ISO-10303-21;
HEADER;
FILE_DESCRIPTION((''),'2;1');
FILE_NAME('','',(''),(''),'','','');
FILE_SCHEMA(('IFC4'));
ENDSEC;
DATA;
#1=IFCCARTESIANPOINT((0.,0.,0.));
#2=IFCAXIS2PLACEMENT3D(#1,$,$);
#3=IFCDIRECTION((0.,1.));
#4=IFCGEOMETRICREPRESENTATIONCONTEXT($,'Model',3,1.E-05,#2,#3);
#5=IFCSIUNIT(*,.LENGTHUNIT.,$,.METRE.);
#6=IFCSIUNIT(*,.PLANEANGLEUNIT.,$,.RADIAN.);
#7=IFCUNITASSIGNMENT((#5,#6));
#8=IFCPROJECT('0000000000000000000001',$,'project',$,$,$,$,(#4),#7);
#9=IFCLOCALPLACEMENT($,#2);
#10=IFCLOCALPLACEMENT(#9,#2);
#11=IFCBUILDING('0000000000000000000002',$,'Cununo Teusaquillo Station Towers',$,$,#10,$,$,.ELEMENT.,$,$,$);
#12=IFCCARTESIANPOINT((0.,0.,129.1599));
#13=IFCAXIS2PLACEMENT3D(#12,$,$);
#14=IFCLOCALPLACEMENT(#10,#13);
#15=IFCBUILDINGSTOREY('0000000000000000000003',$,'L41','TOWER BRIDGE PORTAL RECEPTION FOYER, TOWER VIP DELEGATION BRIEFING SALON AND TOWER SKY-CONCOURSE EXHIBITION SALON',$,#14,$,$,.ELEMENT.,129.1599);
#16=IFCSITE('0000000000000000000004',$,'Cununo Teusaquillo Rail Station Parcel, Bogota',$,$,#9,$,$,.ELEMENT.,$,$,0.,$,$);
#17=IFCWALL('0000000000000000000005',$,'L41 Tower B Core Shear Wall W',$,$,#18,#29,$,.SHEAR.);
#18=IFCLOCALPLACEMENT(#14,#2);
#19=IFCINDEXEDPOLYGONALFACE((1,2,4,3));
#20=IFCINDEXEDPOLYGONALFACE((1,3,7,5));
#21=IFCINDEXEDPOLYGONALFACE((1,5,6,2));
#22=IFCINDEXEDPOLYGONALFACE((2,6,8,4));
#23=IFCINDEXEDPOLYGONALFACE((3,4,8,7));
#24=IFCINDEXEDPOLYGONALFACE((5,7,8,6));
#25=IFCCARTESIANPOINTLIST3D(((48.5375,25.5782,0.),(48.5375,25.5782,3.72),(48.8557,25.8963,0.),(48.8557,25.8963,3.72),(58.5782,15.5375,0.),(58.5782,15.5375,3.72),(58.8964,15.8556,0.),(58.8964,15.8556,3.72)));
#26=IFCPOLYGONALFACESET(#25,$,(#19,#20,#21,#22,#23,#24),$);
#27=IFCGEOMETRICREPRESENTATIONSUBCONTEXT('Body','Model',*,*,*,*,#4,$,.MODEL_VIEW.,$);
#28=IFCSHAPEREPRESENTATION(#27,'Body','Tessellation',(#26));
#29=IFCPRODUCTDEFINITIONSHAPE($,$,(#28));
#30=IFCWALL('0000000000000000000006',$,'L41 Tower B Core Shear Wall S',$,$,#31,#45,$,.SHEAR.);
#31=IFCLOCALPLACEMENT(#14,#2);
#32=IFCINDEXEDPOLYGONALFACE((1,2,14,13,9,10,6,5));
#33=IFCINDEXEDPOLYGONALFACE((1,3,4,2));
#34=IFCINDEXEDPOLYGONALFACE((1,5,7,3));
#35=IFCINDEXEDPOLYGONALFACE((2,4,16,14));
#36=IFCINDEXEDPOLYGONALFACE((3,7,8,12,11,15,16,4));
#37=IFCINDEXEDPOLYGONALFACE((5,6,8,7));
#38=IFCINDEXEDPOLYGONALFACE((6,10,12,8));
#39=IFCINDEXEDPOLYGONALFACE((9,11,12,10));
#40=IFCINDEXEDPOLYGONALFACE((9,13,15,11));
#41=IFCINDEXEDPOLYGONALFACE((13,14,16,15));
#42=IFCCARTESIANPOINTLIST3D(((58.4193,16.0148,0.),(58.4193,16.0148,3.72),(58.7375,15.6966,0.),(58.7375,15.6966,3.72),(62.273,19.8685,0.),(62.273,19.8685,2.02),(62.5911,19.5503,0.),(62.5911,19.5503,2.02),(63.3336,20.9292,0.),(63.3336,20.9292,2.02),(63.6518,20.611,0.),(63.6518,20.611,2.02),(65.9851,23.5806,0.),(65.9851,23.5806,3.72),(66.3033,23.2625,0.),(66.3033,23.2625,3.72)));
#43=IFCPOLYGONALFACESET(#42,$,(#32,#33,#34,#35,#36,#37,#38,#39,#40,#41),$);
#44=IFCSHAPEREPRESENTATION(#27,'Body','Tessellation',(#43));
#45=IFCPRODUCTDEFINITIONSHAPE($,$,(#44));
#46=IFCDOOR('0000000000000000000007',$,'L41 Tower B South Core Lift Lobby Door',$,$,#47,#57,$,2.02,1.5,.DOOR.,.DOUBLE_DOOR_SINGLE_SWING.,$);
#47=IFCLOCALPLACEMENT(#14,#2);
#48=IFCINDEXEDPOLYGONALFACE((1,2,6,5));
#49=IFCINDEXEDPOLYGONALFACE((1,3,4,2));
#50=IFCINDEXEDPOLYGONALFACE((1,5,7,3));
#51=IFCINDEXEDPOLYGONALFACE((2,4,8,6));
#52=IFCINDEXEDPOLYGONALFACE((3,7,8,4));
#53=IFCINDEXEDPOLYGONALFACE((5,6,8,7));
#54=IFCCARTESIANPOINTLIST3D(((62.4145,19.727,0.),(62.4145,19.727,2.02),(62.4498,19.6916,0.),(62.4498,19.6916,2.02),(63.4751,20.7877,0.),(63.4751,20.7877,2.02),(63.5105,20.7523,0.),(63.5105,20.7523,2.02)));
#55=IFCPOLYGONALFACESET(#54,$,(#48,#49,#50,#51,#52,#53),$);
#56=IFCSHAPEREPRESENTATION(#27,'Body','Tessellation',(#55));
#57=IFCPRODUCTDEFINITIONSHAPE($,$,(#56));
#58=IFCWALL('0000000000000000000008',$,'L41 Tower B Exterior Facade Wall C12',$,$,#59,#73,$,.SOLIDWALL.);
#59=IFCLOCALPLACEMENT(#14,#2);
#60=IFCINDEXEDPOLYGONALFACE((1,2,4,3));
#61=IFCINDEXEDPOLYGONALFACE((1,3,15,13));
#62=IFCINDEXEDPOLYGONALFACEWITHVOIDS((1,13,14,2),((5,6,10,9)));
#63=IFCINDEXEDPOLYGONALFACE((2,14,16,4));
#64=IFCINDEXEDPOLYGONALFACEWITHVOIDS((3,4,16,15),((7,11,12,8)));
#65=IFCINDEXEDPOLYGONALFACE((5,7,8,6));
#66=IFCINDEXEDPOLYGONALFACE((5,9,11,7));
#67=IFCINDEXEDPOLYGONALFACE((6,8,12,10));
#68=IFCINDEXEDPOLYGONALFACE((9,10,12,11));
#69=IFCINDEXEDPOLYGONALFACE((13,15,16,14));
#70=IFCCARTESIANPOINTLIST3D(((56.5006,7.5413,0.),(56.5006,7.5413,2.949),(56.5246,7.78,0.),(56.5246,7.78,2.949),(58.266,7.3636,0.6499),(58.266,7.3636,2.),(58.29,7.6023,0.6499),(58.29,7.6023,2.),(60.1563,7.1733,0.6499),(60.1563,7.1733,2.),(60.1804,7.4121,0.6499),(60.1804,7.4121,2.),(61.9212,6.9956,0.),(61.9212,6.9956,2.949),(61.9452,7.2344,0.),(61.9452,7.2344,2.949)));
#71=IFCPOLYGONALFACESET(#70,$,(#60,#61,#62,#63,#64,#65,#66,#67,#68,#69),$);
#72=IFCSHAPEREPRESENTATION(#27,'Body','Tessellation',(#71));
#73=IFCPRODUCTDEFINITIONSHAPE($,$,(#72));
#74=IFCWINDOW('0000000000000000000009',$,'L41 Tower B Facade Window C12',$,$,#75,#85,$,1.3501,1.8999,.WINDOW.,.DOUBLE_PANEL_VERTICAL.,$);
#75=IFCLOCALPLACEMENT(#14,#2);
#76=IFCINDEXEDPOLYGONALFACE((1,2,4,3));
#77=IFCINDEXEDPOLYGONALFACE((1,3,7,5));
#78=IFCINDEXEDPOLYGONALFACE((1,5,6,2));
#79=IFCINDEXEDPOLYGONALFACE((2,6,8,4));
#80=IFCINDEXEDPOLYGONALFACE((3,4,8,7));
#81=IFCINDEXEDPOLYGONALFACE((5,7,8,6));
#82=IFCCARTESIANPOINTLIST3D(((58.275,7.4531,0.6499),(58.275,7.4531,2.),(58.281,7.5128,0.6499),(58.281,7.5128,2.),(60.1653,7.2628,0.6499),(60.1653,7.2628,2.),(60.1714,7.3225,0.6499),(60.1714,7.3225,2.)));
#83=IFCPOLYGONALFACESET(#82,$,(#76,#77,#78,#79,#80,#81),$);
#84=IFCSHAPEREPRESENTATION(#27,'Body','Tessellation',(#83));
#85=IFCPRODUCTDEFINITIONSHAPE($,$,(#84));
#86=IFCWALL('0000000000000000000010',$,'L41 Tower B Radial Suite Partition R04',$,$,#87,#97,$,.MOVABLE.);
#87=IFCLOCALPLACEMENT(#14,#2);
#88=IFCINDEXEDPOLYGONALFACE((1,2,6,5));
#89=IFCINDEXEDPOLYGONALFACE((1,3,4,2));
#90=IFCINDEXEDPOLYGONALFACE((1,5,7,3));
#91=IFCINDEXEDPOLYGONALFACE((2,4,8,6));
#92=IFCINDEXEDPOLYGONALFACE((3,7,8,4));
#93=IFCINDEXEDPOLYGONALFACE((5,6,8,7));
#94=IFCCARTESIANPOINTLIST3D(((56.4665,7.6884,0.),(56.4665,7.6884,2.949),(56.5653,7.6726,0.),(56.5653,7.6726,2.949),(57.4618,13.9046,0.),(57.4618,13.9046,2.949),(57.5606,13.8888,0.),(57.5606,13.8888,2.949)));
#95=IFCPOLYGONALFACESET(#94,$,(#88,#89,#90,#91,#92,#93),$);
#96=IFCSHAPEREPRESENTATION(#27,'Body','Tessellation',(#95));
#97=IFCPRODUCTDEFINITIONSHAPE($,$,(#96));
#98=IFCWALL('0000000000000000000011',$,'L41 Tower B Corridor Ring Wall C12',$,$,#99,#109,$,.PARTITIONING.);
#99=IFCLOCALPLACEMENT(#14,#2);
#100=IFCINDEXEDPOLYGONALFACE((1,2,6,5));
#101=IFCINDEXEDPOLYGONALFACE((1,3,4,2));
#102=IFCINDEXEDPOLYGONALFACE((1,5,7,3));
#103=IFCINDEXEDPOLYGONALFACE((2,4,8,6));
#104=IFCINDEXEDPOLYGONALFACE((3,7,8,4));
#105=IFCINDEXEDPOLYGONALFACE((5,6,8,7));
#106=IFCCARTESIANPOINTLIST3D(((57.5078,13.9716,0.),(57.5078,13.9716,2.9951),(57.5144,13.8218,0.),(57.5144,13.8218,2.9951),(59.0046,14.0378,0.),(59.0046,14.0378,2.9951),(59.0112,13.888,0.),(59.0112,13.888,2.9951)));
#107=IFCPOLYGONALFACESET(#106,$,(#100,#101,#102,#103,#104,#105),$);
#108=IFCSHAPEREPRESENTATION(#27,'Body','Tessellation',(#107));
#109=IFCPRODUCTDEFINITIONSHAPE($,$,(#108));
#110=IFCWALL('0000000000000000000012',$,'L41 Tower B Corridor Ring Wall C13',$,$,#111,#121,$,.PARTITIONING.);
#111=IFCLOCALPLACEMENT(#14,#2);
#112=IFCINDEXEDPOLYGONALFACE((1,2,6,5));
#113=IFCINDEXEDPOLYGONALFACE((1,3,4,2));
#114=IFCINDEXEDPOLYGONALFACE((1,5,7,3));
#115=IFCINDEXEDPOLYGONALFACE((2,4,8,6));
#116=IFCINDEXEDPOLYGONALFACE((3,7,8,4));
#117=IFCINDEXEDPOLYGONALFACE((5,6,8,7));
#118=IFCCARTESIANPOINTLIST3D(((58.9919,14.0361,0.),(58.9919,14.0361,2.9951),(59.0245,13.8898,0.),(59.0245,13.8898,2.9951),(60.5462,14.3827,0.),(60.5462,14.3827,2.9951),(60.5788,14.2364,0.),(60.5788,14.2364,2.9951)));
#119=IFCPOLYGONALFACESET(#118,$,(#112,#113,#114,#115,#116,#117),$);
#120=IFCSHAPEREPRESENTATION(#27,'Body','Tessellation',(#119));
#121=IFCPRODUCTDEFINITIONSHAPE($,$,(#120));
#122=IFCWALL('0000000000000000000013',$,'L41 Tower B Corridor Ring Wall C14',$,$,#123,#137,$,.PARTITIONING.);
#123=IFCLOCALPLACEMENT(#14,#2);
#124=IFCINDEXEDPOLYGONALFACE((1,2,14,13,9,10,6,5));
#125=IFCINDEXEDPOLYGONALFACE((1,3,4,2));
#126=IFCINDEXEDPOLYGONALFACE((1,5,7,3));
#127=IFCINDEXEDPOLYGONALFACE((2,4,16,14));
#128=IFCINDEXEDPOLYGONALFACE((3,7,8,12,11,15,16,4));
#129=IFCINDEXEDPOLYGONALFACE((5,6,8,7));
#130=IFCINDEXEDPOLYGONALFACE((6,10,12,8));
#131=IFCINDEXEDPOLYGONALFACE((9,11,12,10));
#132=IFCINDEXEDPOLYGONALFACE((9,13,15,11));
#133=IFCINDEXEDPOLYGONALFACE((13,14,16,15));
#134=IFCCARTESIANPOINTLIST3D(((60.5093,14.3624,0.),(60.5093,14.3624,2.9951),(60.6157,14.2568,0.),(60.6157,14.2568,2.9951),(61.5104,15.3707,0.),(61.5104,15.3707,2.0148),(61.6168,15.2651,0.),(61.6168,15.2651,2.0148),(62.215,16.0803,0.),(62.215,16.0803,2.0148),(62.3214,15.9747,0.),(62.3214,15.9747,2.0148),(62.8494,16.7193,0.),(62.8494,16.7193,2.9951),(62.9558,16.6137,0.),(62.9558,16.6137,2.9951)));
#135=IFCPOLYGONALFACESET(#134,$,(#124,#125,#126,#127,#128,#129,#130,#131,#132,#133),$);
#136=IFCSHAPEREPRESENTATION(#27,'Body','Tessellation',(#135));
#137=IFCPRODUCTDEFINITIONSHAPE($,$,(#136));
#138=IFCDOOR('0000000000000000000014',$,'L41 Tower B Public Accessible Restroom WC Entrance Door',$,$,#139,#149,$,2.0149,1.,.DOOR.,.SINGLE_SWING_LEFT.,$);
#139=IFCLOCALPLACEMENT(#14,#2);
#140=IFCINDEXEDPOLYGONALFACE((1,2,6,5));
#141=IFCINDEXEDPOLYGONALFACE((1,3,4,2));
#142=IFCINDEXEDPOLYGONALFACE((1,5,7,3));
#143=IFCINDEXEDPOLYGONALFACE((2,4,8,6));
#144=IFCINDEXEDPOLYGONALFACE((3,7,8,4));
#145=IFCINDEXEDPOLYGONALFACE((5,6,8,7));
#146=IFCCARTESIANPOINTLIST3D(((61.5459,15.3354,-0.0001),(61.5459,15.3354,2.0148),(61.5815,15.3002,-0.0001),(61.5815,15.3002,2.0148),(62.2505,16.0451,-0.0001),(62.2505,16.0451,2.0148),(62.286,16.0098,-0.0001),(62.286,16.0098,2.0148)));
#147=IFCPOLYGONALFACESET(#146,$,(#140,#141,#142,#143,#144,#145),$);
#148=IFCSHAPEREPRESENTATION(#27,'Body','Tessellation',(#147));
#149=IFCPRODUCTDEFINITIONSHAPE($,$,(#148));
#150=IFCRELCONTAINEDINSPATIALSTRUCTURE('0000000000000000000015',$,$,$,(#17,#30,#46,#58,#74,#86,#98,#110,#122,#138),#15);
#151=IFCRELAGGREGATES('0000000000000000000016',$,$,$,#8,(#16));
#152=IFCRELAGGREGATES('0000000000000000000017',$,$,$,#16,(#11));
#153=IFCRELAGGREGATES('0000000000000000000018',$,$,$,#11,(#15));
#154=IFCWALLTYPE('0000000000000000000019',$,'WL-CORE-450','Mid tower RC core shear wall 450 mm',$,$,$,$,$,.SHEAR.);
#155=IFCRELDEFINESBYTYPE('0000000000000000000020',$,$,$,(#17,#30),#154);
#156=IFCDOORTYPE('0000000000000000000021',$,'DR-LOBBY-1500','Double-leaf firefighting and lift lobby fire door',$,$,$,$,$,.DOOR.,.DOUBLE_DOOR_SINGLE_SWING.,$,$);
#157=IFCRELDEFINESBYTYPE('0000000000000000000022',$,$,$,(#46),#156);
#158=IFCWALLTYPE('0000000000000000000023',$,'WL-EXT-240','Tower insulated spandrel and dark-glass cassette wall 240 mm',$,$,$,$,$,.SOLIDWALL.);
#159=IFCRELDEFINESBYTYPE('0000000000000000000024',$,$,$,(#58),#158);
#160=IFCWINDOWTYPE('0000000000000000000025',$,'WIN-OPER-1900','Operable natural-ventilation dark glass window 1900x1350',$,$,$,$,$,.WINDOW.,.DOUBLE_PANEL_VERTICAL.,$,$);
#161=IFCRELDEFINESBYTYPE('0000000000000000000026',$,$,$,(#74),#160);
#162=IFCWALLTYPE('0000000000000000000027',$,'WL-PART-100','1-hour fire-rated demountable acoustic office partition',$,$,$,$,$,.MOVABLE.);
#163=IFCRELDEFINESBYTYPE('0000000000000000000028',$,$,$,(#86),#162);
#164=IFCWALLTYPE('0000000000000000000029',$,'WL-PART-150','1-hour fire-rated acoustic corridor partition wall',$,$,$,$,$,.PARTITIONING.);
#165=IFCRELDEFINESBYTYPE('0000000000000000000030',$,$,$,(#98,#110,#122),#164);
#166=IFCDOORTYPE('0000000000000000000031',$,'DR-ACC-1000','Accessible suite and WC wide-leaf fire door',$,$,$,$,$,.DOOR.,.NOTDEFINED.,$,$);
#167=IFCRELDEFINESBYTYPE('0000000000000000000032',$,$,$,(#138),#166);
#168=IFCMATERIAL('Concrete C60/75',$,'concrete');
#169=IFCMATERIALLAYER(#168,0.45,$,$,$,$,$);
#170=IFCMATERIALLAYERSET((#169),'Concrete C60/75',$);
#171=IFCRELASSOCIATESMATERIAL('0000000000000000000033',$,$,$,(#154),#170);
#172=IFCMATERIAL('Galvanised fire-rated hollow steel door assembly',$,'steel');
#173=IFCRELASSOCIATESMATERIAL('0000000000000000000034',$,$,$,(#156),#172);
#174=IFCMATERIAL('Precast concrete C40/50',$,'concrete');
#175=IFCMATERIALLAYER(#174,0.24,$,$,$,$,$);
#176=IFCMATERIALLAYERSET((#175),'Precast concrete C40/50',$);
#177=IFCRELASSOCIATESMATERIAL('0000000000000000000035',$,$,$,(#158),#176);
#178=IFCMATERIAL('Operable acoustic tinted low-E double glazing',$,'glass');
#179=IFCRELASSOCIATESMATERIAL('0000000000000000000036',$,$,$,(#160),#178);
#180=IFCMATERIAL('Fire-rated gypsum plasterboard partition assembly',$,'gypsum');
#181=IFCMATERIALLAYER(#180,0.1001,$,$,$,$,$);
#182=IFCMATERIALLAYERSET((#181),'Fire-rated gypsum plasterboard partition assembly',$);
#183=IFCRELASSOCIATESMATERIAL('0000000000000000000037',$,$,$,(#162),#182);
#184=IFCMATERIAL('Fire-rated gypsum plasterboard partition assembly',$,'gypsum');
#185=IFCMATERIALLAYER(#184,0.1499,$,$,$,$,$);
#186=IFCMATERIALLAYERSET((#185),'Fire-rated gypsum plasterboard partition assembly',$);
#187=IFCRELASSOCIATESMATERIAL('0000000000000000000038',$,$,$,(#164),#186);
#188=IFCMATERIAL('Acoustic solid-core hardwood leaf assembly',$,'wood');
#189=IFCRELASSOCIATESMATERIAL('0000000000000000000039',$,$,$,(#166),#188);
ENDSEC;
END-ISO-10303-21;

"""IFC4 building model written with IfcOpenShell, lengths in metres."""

from ifc_helpers import new_model, si_unit, direction, frame, frame_2d, origin, place, context, subcontext, project, spatial, rectangle, extrude, source, transform, mapped, material, layer, layer_set, type_object, element, fill, save


model = new_model("IFC4")

# Units and contexts
model_context = context("Model", 3, precision=1e-05, world=origin(), true_north=direction((0.0, 1.0)))
body_context = subcontext(model_context, "Body", "Model", "MODEL_VIEW")
ifc_project = project(units=[si_unit("LENGTHUNIT", "METRE"), si_unit("PLANEANGLEUNIT", "RADIAN")], contexts=[model_context])

# Site, building, storey
site_placement = place(None, origin())
site = spatial("IfcSite", under=ifc_project, at=site_placement, Name="Cununo Teusaquillo Rail Station Parcel, Bogota", CompositionType="ELEMENT", RefElevation=0.0)
building_placement = place(site_placement, origin())
building = spatial("IfcBuilding", under=site, at=building_placement, Name="Cununo Teusaquillo Station Towers", CompositionType="ELEMENT")
storey_placement = place(building_placement, frame((0.0, 0.0, 129.1599)))
storey = spatial("IfcBuildingStorey", under=building, at=storey_placement, Name="L41", Description="TOWER BRIDGE PORTAL RECEPTION FOYER, TOWER VIP DELEGATION BRIEFING SALON AND TOWER SKY-CONCOURSE EXHIBITION SALON", CompositionType="ELEMENT", Elevation=129.1599)

# Wall
ifc_material_1 = material(Name="Concrete C60/75", Category="concrete")
ifc_layer_1 = layer(ifc_material_1, 0.45)
ifc_layer_set_1 = layer_set([ifc_layer_1], Name="Concrete C60/75")
wall_type_1 = type_object("IfcWallType", Name="WL-CORE-450", Description="Mid tower RC core shear wall 450 mm", PredefinedType="SHEAR", material=ifc_layer_set_1)
wall_1_placement = place(storey_placement, frame((58.7373, 15.6965, 0.0), z_axis=(0.0, 0.0, 1.0), x_axis=(-0.707107, 0.707107, 0.0)))
element("IfcWall", 1, at=wall_1_placement, inside=storey, type_object=wall_type_1, Name="L41 Tower B Core Shear Wall W", PredefinedType="SHEAR", context=body_context, shape_type="SweptSolid", body=[
    extrude(rectangle(XDim=14.1997, YDim=0.45, at=frame_2d((7.0999, 0.0))), origin(), (0.0, 0.0, 1.0), 3.72),
])

# Wall, opening, door
wall_2_placement = place(storey_placement, frame((58.5784, 15.8557, 0.0), z_axis=(0.0, 0.0, 1.0), x_axis=(0.707107, 0.707107, 0.0)))
wall_2 = element("IfcWall", 2, at=wall_2_placement, inside=storey, type_object=wall_type_1, Name="L41 Tower B Core Shear Wall S", PredefinedType="SHEAR", context=body_context, shape_type="SweptSolid", body=[
    extrude(rectangle(XDim=10.6997, YDim=0.45, at=frame_2d((5.3499, 0.0))), origin(), (0.0, 0.0, 1.0), 3.72),
])
shared_shape_1 = source(origin(), body_context, "Body", "SweptSolid", [
    extrude(rectangle(XDim=1.5, YDim=2.02, at=frame_2d((0.75, 1.01))), frame((0.0, 0.2349, 0.0), z_axis=(0.0, -1.0, 0.0), x_axis=(1.0, 0.0, 0.0)), (0.0, 0.0, 1.0), 0.47),
])
opening_1_placement = place(wall_2_placement, frame((5.45, 0.0, 0.0)))
opening_1 = element("IfcOpeningElement", 3, at=opening_1_placement, cuts=wall_2, PredefinedType="OPENING", context=body_context, shape_type="MappedRepresentation", body=[
    mapped(shared_shape_1, transform((0.0, 0.0, 0.0), x_axis=(1.0, 0.0, 0.0), y_axis=(0.0, 1.0, 0.0), z_axis=(0.0, 0.0, 1.0), scale=1.0)),
])
ifc_material_2 = material(Name="Galvanised fire-rated hollow steel door assembly", Category="steel")
door_type_1 = type_object("IfcDoorType", Name="DR-LOBBY-1500", Description="Double-leaf firefighting and lift lobby fire door", OperationType="DOUBLE_DOOR_SINGLE_SWING", PredefinedType="DOOR", material=ifc_material_2)
shared_shape_2 = source(origin(), body_context, "Body", "SweptSolid", [
    extrude(rectangle(XDim=1.5, YDim=2.02, at=frame_2d((0.75, 1.01))), frame((0.0, 0.0249, 0.0), z_axis=(0.0, -1.0, 0.0), x_axis=(1.0, 0.0, 0.0)), (0.0, 0.0, 1.0), 0.05),
])
door_1_placement = place(opening_1_placement, origin())
door_1 = element("IfcDoor", 4, at=door_1_placement, inside=storey, type_object=door_type_1, Name="L41 Tower B South Core Lift Lobby Door", OperationType="DOUBLE_DOOR_SINGLE_SWING", OverallHeight=2.02, OverallWidth=1.5, PredefinedType="DOOR", context=body_context, shape_type="MappedRepresentation", body=[
    mapped(shared_shape_2, transform((0.0, 0.0, 0.0), x_axis=(1.0, 0.0, 0.0), y_axis=(0.0, 1.0, 0.0), z_axis=(0.0, 0.0, 1.0), scale=1.0)),
])
fill(opening_1, door_1)

# Wall, opening, window
ifc_material_3 = material(Name="Precast concrete C40/50", Category="concrete")
ifc_layer_2 = layer(ifc_material_3, 0.24)
ifc_layer_set_2 = layer_set([ifc_layer_2], Name="Precast concrete C40/50")
wall_type_2 = type_object("IfcWallType", Name="WL-EXT-240", Description="Tower insulated spandrel and dark-glass cassette wall 240 mm", PredefinedType="SOLIDWALL", material=ifc_layer_set_2)
wall_3_placement = place(storey_placement, frame((61.9333, 7.115, 0.0), z_axis=(0.0, 0.0, 1.0), x_axis=(-0.994972, 0.100156, 0.0)))
wall_3 = element("IfcWall", 5, at=wall_3_placement, inside=storey, type_object=wall_type_2, Name="L41 Tower B Exterior Facade Wall C12", PredefinedType="SOLIDWALL", context=body_context, shape_type="SweptSolid", body=[
    extrude(rectangle(XDim=5.448, YDim=0.24, at=frame_2d((2.7241, 0.0))), origin(), (0.0, 0.0, 1.0), 2.949),
])
shared_shape_3 = source(origin(), body_context, "Body", "SweptSolid", [
    extrude(rectangle(XDim=1.8999, YDim=1.3501, at=frame_2d((0.95, 0.675))), frame((0.0, 0.1299, 0.0), z_axis=(0.0, -1.0, 0.0), x_axis=(1.0, 0.0, 0.0)), (0.0, 0.0, 1.0), 0.26),
])
opening_2_placement = place(wall_3_placement, frame((1.7739, 0.0, 0.6499)))
opening_2 = element("IfcOpeningElement", 6, at=opening_2_placement, cuts=wall_3, PredefinedType="OPENING", context=body_context, shape_type="MappedRepresentation", body=[
    mapped(shared_shape_3, transform((0.0, 0.0, 0.0), x_axis=(1.0, 0.0, 0.0), y_axis=(0.0, 1.0, 0.0), z_axis=(0.0, 0.0, 1.0), scale=1.0)),
])
ifc_material_4 = material(Name="Operable acoustic tinted low-E double glazing", Category="glass")
window_type = type_object("IfcWindowType", Name="WIN-OPER-1900", Description="Operable natural-ventilation dark glass window 1900x1350", PartitioningType="DOUBLE_PANEL_VERTICAL", PredefinedType="WINDOW", material=ifc_material_4)
shared_shape_4 = source(origin(), body_context, "Body", "SweptSolid", [
    extrude(rectangle(XDim=1.8999, YDim=1.3501, at=frame_2d((0.95, 0.675))), frame((0.0, 0.03, 0.0), z_axis=(0.0, -1.0, 0.0), x_axis=(1.0, 0.0, 0.0)), (0.0, 0.0, 1.0), 0.0601),
])
window_placement = place(opening_2_placement, origin())
window = element("IfcWindow", 7, at=window_placement, inside=storey, type_object=window_type, Name="L41 Tower B Facade Window C12", OverallHeight=1.3501, OverallWidth=1.8999, PartitioningType="DOUBLE_PANEL_VERTICAL", PredefinedType="WINDOW", context=body_context, shape_type="MappedRepresentation", body=[
    mapped(shared_shape_4, transform((0.0, 0.0, 0.0), x_axis=(1.0, 0.0, 0.0), y_axis=(0.0, 1.0, 0.0), z_axis=(0.0, 0.0, 1.0), scale=1.0)),
])
fill(opening_2, window)

# Walls
ifc_material_5 = material(Name="Fire-rated gypsum plasterboard partition assembly", Category="gypsum")
ifc_layer_3 = layer(ifc_material_5, 0.1001)
ifc_layer_set_3 = layer_set([ifc_layer_3], Name="Fire-rated gypsum plasterboard partition assembly")
wall_type_3 = type_object("IfcWallType", Name="WL-PART-100", Description="1-hour fire-rated demountable acoustic office partition", PredefinedType="MOVABLE", material=ifc_layer_set_3)
wall_4_placement = place(storey_placement, frame((57.5112, 13.8967, 0.0), z_axis=(0.0, 0.0, 1.0), x_axis=(-0.158107, -0.987422, 0.0)))
element("IfcWall", 8, at=wall_4_placement, inside=storey, type_object=wall_type_3, Name="L41 Tower B Radial Suite Partition R04", PredefinedType="MOVABLE", context=body_context, shape_type="SweptSolid", body=[
    extrude(rectangle(XDim=6.2954, YDim=0.1001, at=frame_2d((3.1477, 0.0))), origin(), (0.0, 0.0, 1.0), 2.949),
])
ifc_material_6 = material(Name="Fire-rated gypsum plasterboard partition assembly", Category="gypsum")
ifc_layer_4 = layer(ifc_material_6, 0.1499)
ifc_layer_set_4 = layer_set([ifc_layer_4], Name="Fire-rated gypsum plasterboard partition assembly")
wall_type_4 = type_object("IfcWallType", Name="WL-PART-150", Description="1-hour fire-rated acoustic corridor partition wall", PredefinedType="PARTITIONING", material=ifc_layer_set_4)
wall_5_placement = place(storey_placement, frame((57.5112, 13.8967, 0.0), z_axis=(0.0, 0.0, 1.0), x_axis=(0.999025, 0.044158, 0.0)))
element("IfcWall", 9, at=wall_5_placement, inside=storey, type_object=wall_type_4, Name="L41 Tower B Corridor Ring Wall C12", PredefinedType="PARTITIONING", context=body_context, shape_type="SweptSolid", body=[
    extrude(rectangle(XDim=1.4983, YDim=0.1499, at=frame_2d((0.749, 0.0))), origin(), (0.0, 0.0, 1.0), 2.9951),
])
wall_6_placement = place(storey_placement, frame((59.0081, 13.9629, 0.0), z_axis=(0.0, 0.0, 1.0), x_axis=(0.976021, 0.217677, 0.0)))
element("IfcWall", 10, at=wall_6_placement, inside=storey, type_object=wall_type_4, Name="L41 Tower B Corridor Ring Wall C13", PredefinedType="PARTITIONING", context=body_context, shape_type="SweptSolid", body=[
    extrude(rectangle(XDim=1.5925, YDim=0.1499, at=frame_2d((0.7964, 0.0))), origin(), (0.0, 0.0, 1.0), 2.9951),
])

# Wall, opening, door
wall_7_placement = place(storey_placement, frame((60.5625, 14.3096, 0.0), z_axis=(0.0, 0.0, 1.0), x_axis=(0.704566, 0.709638, 0.0)))
wall_7 = element("IfcWall", 11, at=wall_7_placement, inside=storey, type_object=wall_type_4, Name="L41 Tower B Corridor Ring Wall C14", PredefinedType="PARTITIONING", context=body_context, shape_type="SweptSolid", body=[
    extrude(rectangle(XDim=3.3213, YDim=0.1499, at=frame_2d((1.6606, 0.0))), origin(), (0.0, 0.0, 1.0), 2.9951),
])
shared_shape_5 = source(origin(), body_context, "Body", "SweptSolid", [
    extrude(rectangle(XDim=1.0, YDim=2.0149, at=frame_2d((0.5, 1.0073))), frame((0.0, 0.085, 0.0), z_axis=(0.0, -1.0, 0.0), x_axis=(1.0, 0.0, 0.0)), (0.0, 0.0, 1.0), 0.1699),
])
opening_3_placement = place(wall_7_placement, frame((1.4209, 0.0, 0.0)))
opening_3 = element("IfcOpeningElement", 12, at=opening_3_placement, cuts=wall_7, PredefinedType="OPENING", context=body_context, shape_type="MappedRepresentation", body=[
    mapped(shared_shape_5, transform((0.0, 0.0, 0.0), x_axis=(1.0, 0.0, 0.0), y_axis=(0.0, 1.0, 0.0), z_axis=(0.0, 0.0, 1.0), scale=1.0)),
])
ifc_material_7 = material(Name="Acoustic solid-core hardwood leaf assembly", Category="wood")
door_type_2 = type_object("IfcDoorType", Name="DR-ACC-1000", Description="Accessible suite and WC wide-leaf fire door", OperationType="NOTDEFINED", PredefinedType="DOOR", material=ifc_material_7)
shared_shape_6 = source(origin(), body_context, "Body", "SweptSolid", [
    extrude(rectangle(XDim=1.0, YDim=2.0149, at=frame_2d((0.5, 1.0073))), frame((0.0, 0.0249, 0.0), z_axis=(0.0, -1.0, 0.0), x_axis=(1.0, 0.0, 0.0)), (0.0, 0.0, 1.0), 0.05),
])
door_2_placement = place(opening_3_placement, origin())
door_2 = element("IfcDoor", 13, at=door_2_placement, inside=storey, type_object=door_type_2, Name="L41 Tower B Public Accessible Restroom WC Entrance Door", OperationType="SINGLE_SWING_LEFT", OverallHeight=2.0149, OverallWidth=1.0, PredefinedType="DOOR", context=body_context, shape_type="MappedRepresentation", body=[
    mapped(shared_shape_6, transform((0.0, 0.0, 0.0), x_axis=(1.0, 0.0, 0.0), y_axis=(0.0, 1.0, 0.0), z_axis=(0.0, 0.0, 1.0), scale=1.0)),
])
fill(opening_3, door_2)

save(model, "model.ifc")
